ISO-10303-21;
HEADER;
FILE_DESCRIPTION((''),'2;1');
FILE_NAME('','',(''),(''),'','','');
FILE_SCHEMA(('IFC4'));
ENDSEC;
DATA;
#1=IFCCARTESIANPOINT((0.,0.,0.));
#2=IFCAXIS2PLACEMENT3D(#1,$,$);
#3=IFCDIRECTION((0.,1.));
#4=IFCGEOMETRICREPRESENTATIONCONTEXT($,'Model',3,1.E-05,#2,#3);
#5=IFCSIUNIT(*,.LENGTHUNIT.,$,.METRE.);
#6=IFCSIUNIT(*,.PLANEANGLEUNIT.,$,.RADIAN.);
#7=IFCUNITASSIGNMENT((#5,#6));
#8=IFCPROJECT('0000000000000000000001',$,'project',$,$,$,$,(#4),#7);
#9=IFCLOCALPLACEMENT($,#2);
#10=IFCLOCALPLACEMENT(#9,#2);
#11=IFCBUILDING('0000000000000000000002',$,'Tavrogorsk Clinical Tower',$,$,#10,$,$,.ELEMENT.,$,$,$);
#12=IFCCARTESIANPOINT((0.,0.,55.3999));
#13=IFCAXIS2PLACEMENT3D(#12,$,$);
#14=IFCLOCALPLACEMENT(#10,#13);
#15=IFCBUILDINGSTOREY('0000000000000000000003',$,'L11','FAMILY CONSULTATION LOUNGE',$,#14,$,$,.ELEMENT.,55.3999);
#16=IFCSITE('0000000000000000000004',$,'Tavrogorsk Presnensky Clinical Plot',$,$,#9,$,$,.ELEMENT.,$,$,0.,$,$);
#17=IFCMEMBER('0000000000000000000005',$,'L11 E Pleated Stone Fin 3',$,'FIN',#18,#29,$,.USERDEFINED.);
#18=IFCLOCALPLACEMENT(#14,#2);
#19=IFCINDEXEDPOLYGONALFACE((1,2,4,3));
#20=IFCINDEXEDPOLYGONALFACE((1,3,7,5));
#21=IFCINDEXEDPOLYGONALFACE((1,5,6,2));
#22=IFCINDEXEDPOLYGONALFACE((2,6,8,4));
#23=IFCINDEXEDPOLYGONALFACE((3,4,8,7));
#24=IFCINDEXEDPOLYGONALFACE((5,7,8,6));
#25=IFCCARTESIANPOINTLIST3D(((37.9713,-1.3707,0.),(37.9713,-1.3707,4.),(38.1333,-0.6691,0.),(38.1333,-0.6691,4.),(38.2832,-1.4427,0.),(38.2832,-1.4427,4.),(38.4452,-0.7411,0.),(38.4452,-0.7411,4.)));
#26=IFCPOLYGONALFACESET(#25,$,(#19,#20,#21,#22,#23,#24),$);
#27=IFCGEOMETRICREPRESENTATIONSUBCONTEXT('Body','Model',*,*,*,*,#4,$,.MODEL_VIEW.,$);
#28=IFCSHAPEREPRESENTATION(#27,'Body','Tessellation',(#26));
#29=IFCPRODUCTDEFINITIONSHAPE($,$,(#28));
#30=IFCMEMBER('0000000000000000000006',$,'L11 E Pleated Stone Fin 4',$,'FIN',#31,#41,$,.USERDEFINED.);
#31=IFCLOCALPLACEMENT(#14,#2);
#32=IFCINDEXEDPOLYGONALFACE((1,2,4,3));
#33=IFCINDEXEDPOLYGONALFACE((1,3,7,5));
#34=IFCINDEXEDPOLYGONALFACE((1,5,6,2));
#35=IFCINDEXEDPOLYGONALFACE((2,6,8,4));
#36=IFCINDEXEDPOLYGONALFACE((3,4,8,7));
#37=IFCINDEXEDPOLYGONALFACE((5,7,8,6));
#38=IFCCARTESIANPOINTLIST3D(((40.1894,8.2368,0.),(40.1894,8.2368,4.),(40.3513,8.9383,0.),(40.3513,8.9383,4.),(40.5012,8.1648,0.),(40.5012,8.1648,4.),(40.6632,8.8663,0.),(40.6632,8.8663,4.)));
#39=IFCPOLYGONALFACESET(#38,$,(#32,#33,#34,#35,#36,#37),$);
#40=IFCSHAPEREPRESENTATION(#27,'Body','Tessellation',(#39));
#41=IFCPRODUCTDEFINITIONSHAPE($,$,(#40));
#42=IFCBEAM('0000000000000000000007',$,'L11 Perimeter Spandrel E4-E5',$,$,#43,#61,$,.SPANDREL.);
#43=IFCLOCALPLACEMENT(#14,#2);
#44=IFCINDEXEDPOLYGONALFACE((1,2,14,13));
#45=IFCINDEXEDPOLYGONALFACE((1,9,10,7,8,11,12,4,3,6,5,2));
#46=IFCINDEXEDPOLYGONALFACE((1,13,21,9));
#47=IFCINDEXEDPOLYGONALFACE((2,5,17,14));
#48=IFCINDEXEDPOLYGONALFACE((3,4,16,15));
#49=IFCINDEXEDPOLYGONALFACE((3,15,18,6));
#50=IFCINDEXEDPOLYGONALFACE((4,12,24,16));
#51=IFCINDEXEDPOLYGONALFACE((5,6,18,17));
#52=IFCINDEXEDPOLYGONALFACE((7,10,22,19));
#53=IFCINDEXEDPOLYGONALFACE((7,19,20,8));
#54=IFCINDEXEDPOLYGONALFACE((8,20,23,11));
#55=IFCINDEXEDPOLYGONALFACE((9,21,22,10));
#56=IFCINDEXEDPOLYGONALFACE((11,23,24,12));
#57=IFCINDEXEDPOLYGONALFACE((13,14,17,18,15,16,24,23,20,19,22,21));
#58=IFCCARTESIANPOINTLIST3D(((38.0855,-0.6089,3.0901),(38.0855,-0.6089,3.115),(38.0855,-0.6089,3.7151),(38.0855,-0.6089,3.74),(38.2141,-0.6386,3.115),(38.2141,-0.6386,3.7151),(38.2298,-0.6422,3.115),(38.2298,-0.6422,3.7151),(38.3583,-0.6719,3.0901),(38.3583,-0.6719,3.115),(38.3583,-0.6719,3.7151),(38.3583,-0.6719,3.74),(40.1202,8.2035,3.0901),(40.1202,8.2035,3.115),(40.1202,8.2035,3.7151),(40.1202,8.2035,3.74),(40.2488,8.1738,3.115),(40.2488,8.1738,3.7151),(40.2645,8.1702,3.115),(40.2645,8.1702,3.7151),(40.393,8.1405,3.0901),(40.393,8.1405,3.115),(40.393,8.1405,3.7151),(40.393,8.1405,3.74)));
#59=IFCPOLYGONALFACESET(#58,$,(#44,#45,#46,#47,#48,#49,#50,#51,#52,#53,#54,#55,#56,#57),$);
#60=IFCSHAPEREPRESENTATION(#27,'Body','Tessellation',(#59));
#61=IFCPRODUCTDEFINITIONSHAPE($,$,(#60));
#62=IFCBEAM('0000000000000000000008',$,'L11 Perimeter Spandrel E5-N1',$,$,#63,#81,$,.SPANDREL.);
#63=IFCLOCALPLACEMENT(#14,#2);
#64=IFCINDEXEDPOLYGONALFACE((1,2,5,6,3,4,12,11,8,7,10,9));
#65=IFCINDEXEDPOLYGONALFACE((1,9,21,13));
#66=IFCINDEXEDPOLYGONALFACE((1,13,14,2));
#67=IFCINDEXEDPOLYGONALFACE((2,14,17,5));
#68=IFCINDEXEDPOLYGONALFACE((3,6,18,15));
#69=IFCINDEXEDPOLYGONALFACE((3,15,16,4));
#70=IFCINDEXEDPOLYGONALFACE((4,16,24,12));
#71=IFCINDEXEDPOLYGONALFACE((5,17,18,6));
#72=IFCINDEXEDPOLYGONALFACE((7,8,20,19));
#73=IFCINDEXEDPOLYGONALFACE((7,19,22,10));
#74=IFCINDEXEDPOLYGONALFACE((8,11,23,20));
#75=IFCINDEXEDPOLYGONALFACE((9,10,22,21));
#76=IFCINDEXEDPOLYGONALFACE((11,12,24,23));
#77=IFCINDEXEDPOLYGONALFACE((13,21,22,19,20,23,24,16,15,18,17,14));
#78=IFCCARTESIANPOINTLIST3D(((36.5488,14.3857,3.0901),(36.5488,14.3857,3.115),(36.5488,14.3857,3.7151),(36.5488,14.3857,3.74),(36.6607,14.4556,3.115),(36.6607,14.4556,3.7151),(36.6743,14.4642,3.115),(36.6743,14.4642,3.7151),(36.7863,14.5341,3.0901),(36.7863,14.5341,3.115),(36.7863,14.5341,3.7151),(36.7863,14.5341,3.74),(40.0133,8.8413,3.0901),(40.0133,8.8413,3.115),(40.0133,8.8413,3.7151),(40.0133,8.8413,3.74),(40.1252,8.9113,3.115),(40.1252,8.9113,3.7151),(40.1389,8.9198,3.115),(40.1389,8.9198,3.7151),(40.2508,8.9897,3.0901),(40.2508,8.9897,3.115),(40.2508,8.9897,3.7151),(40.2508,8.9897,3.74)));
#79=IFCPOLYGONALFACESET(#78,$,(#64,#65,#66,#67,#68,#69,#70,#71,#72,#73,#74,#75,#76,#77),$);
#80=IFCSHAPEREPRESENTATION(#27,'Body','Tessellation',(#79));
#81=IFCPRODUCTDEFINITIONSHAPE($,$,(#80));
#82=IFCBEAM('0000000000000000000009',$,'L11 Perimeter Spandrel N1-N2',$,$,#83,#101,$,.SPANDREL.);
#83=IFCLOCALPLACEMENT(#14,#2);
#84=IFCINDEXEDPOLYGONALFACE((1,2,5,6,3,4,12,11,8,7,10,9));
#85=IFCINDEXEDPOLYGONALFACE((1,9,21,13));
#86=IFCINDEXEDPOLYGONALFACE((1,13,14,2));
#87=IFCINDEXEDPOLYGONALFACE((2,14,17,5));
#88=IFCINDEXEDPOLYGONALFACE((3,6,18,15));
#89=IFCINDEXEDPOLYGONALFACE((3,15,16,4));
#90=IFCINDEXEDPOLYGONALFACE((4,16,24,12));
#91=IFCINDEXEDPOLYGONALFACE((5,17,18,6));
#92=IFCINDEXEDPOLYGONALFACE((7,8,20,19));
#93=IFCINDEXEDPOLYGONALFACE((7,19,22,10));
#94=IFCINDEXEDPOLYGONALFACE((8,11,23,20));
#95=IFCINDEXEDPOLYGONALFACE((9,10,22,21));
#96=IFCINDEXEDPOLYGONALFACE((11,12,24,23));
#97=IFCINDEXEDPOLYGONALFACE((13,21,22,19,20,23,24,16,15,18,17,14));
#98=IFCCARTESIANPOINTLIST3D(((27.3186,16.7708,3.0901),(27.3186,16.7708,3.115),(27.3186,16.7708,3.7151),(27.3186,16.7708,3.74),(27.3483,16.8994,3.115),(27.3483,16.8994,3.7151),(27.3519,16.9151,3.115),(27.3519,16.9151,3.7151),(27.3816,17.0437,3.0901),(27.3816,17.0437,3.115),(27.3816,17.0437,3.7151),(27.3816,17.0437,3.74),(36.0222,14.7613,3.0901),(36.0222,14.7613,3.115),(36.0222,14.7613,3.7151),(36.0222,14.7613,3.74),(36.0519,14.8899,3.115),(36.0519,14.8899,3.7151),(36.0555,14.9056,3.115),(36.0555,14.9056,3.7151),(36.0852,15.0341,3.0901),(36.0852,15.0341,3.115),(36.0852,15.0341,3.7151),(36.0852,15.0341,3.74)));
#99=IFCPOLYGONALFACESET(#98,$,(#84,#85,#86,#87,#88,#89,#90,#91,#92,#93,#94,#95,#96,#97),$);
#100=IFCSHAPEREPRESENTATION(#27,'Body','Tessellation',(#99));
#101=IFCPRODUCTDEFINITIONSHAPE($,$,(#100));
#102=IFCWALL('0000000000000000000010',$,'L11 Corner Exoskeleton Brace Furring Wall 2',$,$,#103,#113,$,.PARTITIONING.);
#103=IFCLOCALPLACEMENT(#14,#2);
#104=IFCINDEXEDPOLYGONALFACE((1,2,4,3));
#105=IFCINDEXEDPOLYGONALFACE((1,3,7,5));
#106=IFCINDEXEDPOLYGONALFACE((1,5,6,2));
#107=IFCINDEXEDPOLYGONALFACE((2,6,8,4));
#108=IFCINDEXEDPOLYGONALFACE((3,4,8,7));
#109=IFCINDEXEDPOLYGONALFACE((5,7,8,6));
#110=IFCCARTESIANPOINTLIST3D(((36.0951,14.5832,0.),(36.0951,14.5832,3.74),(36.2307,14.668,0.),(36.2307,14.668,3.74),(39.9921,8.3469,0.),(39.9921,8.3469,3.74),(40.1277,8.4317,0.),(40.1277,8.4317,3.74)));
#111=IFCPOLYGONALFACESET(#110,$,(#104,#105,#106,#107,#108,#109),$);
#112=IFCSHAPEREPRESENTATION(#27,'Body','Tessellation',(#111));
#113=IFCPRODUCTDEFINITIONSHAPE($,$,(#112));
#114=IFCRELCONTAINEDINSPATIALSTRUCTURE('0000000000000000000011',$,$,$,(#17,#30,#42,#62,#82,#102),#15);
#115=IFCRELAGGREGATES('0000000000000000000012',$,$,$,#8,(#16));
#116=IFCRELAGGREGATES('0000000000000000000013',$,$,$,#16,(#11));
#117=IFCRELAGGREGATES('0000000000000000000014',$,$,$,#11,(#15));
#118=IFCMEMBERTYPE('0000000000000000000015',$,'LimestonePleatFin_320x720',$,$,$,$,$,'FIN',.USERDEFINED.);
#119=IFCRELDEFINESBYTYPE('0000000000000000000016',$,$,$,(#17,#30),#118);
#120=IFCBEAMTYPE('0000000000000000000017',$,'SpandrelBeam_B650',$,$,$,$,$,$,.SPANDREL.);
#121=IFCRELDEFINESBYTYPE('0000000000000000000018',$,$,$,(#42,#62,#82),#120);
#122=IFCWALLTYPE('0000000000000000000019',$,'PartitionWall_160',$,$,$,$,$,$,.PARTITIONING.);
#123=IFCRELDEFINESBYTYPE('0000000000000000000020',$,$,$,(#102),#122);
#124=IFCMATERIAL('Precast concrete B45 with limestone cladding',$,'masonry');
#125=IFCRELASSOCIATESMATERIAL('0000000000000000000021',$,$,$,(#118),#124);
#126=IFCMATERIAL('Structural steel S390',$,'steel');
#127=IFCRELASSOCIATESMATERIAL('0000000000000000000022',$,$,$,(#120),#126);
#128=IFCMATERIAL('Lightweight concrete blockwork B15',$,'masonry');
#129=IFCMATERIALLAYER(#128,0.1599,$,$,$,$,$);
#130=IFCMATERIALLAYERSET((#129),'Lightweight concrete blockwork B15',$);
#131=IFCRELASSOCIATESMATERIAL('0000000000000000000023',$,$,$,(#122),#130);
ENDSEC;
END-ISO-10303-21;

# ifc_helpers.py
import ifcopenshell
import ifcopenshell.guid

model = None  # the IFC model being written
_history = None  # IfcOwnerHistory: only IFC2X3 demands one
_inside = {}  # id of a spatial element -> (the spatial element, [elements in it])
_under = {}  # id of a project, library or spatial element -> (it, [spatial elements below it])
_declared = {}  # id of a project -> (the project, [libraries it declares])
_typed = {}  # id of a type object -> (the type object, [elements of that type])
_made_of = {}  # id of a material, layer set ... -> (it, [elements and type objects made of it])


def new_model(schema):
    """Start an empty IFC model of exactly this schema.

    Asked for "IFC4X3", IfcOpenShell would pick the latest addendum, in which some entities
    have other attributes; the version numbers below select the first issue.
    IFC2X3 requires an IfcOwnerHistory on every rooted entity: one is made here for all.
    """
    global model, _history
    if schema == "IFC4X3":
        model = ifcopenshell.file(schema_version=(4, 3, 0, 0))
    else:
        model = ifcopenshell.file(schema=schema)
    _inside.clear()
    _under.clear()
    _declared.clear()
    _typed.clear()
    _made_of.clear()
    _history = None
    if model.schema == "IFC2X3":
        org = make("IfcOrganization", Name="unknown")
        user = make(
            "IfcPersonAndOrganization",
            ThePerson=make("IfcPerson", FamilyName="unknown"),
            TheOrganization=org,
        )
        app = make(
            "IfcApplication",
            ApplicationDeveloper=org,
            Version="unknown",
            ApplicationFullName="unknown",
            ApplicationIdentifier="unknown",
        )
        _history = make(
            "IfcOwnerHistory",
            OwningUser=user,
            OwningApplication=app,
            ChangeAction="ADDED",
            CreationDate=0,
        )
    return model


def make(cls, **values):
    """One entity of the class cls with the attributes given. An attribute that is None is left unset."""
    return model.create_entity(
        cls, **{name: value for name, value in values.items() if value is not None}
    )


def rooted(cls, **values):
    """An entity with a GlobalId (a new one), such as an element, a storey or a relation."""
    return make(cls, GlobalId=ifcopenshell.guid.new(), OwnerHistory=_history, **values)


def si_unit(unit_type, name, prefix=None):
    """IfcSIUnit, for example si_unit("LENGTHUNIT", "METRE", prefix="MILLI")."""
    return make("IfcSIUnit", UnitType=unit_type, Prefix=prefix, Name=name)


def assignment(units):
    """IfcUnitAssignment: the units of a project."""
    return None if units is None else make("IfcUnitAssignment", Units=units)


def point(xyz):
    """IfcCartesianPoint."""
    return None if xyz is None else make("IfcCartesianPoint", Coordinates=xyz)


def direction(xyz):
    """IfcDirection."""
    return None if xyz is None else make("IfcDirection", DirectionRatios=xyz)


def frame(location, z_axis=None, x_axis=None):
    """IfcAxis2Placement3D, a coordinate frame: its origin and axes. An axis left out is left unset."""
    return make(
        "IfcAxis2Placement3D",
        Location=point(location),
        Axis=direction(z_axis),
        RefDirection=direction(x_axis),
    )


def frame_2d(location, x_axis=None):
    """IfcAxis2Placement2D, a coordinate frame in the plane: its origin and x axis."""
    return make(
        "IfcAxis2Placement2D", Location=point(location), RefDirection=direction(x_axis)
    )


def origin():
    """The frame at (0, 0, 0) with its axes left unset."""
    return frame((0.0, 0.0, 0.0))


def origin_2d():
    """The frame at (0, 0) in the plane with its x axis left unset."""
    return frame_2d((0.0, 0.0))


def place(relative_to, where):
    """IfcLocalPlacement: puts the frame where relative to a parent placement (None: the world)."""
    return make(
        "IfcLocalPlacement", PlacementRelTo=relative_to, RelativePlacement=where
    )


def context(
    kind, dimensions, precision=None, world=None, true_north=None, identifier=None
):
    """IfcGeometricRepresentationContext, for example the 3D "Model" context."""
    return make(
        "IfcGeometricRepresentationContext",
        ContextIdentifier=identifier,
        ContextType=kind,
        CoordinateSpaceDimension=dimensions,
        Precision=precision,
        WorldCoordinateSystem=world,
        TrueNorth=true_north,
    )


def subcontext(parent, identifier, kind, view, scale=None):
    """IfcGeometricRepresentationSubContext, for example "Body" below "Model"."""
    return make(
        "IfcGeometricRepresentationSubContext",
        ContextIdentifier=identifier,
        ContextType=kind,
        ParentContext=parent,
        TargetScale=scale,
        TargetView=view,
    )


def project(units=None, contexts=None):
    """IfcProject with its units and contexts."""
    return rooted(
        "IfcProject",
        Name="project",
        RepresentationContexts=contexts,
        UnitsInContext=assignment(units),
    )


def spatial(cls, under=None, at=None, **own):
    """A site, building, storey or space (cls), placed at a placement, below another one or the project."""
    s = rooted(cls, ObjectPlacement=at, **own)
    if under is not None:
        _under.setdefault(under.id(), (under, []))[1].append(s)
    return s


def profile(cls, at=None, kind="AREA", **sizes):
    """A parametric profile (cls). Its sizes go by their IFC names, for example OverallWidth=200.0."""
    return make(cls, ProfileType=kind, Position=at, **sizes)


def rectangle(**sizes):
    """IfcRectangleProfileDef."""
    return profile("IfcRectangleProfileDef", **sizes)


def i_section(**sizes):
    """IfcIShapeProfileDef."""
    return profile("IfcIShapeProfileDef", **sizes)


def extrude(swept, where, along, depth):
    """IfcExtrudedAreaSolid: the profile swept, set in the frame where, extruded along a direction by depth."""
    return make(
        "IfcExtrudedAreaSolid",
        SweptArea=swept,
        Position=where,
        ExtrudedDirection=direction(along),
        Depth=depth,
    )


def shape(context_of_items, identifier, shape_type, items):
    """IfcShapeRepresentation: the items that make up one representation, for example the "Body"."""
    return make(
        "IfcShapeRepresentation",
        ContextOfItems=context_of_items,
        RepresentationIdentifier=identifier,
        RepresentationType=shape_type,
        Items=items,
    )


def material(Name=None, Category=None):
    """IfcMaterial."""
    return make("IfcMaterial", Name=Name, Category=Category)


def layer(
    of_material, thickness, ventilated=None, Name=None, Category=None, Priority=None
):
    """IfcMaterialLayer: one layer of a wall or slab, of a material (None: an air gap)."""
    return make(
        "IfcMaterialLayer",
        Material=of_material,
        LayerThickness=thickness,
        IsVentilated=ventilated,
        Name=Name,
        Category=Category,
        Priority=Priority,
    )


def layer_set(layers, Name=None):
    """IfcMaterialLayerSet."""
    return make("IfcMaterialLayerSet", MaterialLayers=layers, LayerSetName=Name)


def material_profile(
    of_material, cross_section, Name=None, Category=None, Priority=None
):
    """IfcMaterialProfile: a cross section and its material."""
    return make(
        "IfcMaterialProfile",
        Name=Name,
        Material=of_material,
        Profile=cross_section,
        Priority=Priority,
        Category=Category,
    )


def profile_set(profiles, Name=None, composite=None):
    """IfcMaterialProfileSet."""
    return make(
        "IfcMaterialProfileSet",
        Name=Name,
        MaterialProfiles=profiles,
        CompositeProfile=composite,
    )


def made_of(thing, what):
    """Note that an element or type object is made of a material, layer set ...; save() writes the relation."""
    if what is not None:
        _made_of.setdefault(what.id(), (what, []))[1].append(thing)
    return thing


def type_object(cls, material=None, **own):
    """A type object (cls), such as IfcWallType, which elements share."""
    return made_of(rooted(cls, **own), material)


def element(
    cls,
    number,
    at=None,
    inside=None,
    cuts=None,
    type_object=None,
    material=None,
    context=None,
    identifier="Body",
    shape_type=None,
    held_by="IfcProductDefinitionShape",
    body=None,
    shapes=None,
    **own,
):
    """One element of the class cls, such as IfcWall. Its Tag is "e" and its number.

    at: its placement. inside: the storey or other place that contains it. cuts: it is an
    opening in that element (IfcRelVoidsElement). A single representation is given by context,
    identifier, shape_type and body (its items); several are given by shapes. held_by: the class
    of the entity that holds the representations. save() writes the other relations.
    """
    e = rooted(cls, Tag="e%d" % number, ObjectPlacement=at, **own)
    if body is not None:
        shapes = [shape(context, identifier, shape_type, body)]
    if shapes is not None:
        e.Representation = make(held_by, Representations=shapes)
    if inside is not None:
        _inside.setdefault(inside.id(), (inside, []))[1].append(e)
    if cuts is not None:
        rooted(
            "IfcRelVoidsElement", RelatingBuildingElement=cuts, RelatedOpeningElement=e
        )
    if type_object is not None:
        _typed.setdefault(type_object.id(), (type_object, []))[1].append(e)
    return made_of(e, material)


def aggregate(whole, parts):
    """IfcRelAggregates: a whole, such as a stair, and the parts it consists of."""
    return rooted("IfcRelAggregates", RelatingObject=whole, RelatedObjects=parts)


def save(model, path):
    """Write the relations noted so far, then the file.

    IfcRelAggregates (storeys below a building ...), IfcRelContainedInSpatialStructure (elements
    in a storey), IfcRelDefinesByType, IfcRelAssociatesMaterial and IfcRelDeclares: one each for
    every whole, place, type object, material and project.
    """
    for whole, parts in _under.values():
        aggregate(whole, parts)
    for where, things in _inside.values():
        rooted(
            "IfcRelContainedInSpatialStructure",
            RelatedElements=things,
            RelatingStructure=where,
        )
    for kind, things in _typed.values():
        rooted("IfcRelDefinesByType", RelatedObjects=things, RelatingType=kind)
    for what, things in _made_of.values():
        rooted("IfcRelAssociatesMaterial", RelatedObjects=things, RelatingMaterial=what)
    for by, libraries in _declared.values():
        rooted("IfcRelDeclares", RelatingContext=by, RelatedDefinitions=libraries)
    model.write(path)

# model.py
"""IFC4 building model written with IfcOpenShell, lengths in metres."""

from ifc_helpers import new_model, si_unit, direction, frame, frame_2d, origin, origin_2d, place, context, subcontext, project, spatial, rectangle, i_section, extrude, material, layer, layer_set, material_profile, profile_set, type_object, element, save


model = new_model("IFC4")

# Units and contexts
model_context = context("Model", 3, precision=1e-05, world=origin(), true_north=direction((0.0, 1.0)))
body_context = subcontext(model_context, "Body", "Model", "MODEL_VIEW")
ifc_project = project(units=[si_unit("LENGTHUNIT", "METRE"), si_unit("PLANEANGLEUNIT", "RADIAN")], contexts=[model_context])

# Site, building, storey
site_placement = place(None, origin())
site = spatial("IfcSite", under=ifc_project, at=site_placement, Name="Tavrogorsk Presnensky Clinical Plot", CompositionType="ELEMENT", RefElevation=0.0)
building_placement = place(site_placement, origin())
building = spatial("IfcBuilding", under=site, at=building_placement, Name="Tavrogorsk Clinical Tower", CompositionType="ELEMENT")
storey_placement = place(building_placement, frame((0.0, 0.0, 55.3999)))
storey = spatial("IfcBuildingStorey", under=building, at=storey_placement, Name="L11", Description="FAMILY CONSULTATION LOUNGE", CompositionType="ELEMENT", Elevation=55.3999)

# Members
ifc_material_1 = material(Name="Precast concrete B45 with limestone cladding", Category="masonry")
ifc_material_profile_1 = material_profile(ifc_material_1, rectangle(XDim=0.3201, YDim=0.72, at=origin_2d()), Name="LIMESTONE-FIN-320x720")
ifc_profile_set_1 = profile_set([ifc_material_profile_1], Name="Precast concrete B45 with limestone cladding")
member_type_1 = type_object("IfcMemberType", Name="LimestonePleatFin_320x720", ElementType="FIN", PredefinedType="USERDEFINED", material=ifc_profile_set_1)
for number, where, z_axis, x_axis, name in (
    (1, (38.2083, -1.0559, 0.0), (0.0, 0.0, 1.0), (0.97437, -0.224951, 0.0), "L11 E Pleated Stone Fin 3"),
    (2, (40.4263, 8.5515, 0.0), (0.0, 0.0, 1.0), (0.97437, -0.224951, 0.0), "L11 E Pleated Stone Fin 4"),
):
    element("IfcMember", number, at=place(storey_placement, frame(where, z_axis=z_axis, x_axis=x_axis)), inside=storey, type_object=member_type_1, Name=name, ObjectType="FIN", PredefinedType="USERDEFINED", context=body_context, shape_type="SweptSolid", body=[
        extrude(rectangle(XDim=0.3201, YDim=0.72, at=origin_2d()), origin(), (0.0, 0.0, 1.0), 4.0),
    ])

# Beams
ifc_material_2 = material(Name="Structural steel S390", Category="steel")
ifc_material_profile_2 = material_profile(ifc_material_2, i_section(OverallWidth=0.28, OverallDepth=0.6499, WebThickness=0.0161, FlangeThickness=0.0249, at=origin_2d()), Name="B-650x280x16x25")
ifc_profile_set_2 = profile_set([ifc_material_profile_2], Name="Structural steel S390")
beam_type_1 = type_object("IfcBeamType", Name="SpandrelBeam_B650", PredefinedType="SPANDREL", material=ifc_profile_set_2)
beam_1_placement = place(storey_placement, frame((38.2219, -0.6404, 3.415), z_axis=(0.224972, 0.974365, 0.0), x_axis=(-0.974365, 0.224972, 0.0)))
element("IfcBeam", 3, at=beam_1_placement, inside=storey, type_object=beam_type_1, Name="L11 Perimeter Spandrel E4-E5", PredefinedType="SPANDREL", context=body_context, shape_type="SweptSolid", body=[
    extrude(i_section(OverallWidth=0.28, OverallDepth=0.6499, WebThickness=0.0161, FlangeThickness=0.0249, at=origin_2d()), origin(), (0.0, 0.0, 1.0), 9.0442),
])
beam_2_placement = place(storey_placement, frame((40.1321, 8.9155, 3.415), z_axis=(-0.529925, 0.848044, 0.0), x_axis=(-0.848044, -0.529925, 0.0)))
element("IfcBeam", 4, at=beam_2_placement, inside=storey, type_object=beam_type_1, Name="L11 Perimeter Spandrel E5-N1", PredefinedType="SPANDREL", context=body_context, shape_type="SweptSolid", body=[
    extrude(i_section(OverallWidth=0.28, OverallDepth=0.6499, WebThickness=0.0161, FlangeThickness=0.0249, at=origin_2d()), origin(), (0.0, 0.0, 1.0), 6.5378),
])
beam_3_placement = place(storey_placement, frame((36.0537, 14.8977, 3.415), z_axis=(-0.974367, 0.224965, 0.0), x_axis=(-0.224965, -0.974367, 0.0)))
element("IfcBeam", 5, at=beam_3_placement, inside=storey, type_object=beam_type_1, Name="L11 Perimeter Spandrel N1-N2", PredefinedType="SPANDREL", context=body_context, shape_type="SweptSolid", body=[
    extrude(i_section(OverallWidth=0.28, OverallDepth=0.6499, WebThickness=0.0161, FlangeThickness=0.0249, at=origin_2d()), origin(), (0.0, 0.0, 1.0), 8.9326),
])

# Wall
ifc_material_3 = material(Name="Lightweight concrete blockwork B15", Category="masonry")
ifc_layer_1 = layer(ifc_material_3, 0.1599)
ifc_layer_set_1 = layer_set([ifc_layer_1], Name="Lightweight concrete blockwork B15")
wall_type_1 = type_object("IfcWallType", Name="PartitionWall_160", PredefinedType="PARTITIONING", material=ifc_layer_set_1)
wall_1_placement = place(storey_placement, frame((40.0598, 8.3894, 0.0), z_axis=(0.0, 0.0, 1.0), x_axis=(-0.529927, 0.848043, 0.0)))
element("IfcWall", 6, at=wall_1_placement, inside=storey, type_object=wall_type_1, Name="L11 Corner Exoskeleton Brace Furring Wall 2", PredefinedType="PARTITIONING", context=body_context, shape_type="SweptSolid", body=[
    extrude(rectangle(XDim=7.3538, YDim=0.1599, at=frame_2d((3.6768, 0.0))), origin(), (0.0, 0.0, 1.0), 3.74),
])

save(model, "model.ifc")
